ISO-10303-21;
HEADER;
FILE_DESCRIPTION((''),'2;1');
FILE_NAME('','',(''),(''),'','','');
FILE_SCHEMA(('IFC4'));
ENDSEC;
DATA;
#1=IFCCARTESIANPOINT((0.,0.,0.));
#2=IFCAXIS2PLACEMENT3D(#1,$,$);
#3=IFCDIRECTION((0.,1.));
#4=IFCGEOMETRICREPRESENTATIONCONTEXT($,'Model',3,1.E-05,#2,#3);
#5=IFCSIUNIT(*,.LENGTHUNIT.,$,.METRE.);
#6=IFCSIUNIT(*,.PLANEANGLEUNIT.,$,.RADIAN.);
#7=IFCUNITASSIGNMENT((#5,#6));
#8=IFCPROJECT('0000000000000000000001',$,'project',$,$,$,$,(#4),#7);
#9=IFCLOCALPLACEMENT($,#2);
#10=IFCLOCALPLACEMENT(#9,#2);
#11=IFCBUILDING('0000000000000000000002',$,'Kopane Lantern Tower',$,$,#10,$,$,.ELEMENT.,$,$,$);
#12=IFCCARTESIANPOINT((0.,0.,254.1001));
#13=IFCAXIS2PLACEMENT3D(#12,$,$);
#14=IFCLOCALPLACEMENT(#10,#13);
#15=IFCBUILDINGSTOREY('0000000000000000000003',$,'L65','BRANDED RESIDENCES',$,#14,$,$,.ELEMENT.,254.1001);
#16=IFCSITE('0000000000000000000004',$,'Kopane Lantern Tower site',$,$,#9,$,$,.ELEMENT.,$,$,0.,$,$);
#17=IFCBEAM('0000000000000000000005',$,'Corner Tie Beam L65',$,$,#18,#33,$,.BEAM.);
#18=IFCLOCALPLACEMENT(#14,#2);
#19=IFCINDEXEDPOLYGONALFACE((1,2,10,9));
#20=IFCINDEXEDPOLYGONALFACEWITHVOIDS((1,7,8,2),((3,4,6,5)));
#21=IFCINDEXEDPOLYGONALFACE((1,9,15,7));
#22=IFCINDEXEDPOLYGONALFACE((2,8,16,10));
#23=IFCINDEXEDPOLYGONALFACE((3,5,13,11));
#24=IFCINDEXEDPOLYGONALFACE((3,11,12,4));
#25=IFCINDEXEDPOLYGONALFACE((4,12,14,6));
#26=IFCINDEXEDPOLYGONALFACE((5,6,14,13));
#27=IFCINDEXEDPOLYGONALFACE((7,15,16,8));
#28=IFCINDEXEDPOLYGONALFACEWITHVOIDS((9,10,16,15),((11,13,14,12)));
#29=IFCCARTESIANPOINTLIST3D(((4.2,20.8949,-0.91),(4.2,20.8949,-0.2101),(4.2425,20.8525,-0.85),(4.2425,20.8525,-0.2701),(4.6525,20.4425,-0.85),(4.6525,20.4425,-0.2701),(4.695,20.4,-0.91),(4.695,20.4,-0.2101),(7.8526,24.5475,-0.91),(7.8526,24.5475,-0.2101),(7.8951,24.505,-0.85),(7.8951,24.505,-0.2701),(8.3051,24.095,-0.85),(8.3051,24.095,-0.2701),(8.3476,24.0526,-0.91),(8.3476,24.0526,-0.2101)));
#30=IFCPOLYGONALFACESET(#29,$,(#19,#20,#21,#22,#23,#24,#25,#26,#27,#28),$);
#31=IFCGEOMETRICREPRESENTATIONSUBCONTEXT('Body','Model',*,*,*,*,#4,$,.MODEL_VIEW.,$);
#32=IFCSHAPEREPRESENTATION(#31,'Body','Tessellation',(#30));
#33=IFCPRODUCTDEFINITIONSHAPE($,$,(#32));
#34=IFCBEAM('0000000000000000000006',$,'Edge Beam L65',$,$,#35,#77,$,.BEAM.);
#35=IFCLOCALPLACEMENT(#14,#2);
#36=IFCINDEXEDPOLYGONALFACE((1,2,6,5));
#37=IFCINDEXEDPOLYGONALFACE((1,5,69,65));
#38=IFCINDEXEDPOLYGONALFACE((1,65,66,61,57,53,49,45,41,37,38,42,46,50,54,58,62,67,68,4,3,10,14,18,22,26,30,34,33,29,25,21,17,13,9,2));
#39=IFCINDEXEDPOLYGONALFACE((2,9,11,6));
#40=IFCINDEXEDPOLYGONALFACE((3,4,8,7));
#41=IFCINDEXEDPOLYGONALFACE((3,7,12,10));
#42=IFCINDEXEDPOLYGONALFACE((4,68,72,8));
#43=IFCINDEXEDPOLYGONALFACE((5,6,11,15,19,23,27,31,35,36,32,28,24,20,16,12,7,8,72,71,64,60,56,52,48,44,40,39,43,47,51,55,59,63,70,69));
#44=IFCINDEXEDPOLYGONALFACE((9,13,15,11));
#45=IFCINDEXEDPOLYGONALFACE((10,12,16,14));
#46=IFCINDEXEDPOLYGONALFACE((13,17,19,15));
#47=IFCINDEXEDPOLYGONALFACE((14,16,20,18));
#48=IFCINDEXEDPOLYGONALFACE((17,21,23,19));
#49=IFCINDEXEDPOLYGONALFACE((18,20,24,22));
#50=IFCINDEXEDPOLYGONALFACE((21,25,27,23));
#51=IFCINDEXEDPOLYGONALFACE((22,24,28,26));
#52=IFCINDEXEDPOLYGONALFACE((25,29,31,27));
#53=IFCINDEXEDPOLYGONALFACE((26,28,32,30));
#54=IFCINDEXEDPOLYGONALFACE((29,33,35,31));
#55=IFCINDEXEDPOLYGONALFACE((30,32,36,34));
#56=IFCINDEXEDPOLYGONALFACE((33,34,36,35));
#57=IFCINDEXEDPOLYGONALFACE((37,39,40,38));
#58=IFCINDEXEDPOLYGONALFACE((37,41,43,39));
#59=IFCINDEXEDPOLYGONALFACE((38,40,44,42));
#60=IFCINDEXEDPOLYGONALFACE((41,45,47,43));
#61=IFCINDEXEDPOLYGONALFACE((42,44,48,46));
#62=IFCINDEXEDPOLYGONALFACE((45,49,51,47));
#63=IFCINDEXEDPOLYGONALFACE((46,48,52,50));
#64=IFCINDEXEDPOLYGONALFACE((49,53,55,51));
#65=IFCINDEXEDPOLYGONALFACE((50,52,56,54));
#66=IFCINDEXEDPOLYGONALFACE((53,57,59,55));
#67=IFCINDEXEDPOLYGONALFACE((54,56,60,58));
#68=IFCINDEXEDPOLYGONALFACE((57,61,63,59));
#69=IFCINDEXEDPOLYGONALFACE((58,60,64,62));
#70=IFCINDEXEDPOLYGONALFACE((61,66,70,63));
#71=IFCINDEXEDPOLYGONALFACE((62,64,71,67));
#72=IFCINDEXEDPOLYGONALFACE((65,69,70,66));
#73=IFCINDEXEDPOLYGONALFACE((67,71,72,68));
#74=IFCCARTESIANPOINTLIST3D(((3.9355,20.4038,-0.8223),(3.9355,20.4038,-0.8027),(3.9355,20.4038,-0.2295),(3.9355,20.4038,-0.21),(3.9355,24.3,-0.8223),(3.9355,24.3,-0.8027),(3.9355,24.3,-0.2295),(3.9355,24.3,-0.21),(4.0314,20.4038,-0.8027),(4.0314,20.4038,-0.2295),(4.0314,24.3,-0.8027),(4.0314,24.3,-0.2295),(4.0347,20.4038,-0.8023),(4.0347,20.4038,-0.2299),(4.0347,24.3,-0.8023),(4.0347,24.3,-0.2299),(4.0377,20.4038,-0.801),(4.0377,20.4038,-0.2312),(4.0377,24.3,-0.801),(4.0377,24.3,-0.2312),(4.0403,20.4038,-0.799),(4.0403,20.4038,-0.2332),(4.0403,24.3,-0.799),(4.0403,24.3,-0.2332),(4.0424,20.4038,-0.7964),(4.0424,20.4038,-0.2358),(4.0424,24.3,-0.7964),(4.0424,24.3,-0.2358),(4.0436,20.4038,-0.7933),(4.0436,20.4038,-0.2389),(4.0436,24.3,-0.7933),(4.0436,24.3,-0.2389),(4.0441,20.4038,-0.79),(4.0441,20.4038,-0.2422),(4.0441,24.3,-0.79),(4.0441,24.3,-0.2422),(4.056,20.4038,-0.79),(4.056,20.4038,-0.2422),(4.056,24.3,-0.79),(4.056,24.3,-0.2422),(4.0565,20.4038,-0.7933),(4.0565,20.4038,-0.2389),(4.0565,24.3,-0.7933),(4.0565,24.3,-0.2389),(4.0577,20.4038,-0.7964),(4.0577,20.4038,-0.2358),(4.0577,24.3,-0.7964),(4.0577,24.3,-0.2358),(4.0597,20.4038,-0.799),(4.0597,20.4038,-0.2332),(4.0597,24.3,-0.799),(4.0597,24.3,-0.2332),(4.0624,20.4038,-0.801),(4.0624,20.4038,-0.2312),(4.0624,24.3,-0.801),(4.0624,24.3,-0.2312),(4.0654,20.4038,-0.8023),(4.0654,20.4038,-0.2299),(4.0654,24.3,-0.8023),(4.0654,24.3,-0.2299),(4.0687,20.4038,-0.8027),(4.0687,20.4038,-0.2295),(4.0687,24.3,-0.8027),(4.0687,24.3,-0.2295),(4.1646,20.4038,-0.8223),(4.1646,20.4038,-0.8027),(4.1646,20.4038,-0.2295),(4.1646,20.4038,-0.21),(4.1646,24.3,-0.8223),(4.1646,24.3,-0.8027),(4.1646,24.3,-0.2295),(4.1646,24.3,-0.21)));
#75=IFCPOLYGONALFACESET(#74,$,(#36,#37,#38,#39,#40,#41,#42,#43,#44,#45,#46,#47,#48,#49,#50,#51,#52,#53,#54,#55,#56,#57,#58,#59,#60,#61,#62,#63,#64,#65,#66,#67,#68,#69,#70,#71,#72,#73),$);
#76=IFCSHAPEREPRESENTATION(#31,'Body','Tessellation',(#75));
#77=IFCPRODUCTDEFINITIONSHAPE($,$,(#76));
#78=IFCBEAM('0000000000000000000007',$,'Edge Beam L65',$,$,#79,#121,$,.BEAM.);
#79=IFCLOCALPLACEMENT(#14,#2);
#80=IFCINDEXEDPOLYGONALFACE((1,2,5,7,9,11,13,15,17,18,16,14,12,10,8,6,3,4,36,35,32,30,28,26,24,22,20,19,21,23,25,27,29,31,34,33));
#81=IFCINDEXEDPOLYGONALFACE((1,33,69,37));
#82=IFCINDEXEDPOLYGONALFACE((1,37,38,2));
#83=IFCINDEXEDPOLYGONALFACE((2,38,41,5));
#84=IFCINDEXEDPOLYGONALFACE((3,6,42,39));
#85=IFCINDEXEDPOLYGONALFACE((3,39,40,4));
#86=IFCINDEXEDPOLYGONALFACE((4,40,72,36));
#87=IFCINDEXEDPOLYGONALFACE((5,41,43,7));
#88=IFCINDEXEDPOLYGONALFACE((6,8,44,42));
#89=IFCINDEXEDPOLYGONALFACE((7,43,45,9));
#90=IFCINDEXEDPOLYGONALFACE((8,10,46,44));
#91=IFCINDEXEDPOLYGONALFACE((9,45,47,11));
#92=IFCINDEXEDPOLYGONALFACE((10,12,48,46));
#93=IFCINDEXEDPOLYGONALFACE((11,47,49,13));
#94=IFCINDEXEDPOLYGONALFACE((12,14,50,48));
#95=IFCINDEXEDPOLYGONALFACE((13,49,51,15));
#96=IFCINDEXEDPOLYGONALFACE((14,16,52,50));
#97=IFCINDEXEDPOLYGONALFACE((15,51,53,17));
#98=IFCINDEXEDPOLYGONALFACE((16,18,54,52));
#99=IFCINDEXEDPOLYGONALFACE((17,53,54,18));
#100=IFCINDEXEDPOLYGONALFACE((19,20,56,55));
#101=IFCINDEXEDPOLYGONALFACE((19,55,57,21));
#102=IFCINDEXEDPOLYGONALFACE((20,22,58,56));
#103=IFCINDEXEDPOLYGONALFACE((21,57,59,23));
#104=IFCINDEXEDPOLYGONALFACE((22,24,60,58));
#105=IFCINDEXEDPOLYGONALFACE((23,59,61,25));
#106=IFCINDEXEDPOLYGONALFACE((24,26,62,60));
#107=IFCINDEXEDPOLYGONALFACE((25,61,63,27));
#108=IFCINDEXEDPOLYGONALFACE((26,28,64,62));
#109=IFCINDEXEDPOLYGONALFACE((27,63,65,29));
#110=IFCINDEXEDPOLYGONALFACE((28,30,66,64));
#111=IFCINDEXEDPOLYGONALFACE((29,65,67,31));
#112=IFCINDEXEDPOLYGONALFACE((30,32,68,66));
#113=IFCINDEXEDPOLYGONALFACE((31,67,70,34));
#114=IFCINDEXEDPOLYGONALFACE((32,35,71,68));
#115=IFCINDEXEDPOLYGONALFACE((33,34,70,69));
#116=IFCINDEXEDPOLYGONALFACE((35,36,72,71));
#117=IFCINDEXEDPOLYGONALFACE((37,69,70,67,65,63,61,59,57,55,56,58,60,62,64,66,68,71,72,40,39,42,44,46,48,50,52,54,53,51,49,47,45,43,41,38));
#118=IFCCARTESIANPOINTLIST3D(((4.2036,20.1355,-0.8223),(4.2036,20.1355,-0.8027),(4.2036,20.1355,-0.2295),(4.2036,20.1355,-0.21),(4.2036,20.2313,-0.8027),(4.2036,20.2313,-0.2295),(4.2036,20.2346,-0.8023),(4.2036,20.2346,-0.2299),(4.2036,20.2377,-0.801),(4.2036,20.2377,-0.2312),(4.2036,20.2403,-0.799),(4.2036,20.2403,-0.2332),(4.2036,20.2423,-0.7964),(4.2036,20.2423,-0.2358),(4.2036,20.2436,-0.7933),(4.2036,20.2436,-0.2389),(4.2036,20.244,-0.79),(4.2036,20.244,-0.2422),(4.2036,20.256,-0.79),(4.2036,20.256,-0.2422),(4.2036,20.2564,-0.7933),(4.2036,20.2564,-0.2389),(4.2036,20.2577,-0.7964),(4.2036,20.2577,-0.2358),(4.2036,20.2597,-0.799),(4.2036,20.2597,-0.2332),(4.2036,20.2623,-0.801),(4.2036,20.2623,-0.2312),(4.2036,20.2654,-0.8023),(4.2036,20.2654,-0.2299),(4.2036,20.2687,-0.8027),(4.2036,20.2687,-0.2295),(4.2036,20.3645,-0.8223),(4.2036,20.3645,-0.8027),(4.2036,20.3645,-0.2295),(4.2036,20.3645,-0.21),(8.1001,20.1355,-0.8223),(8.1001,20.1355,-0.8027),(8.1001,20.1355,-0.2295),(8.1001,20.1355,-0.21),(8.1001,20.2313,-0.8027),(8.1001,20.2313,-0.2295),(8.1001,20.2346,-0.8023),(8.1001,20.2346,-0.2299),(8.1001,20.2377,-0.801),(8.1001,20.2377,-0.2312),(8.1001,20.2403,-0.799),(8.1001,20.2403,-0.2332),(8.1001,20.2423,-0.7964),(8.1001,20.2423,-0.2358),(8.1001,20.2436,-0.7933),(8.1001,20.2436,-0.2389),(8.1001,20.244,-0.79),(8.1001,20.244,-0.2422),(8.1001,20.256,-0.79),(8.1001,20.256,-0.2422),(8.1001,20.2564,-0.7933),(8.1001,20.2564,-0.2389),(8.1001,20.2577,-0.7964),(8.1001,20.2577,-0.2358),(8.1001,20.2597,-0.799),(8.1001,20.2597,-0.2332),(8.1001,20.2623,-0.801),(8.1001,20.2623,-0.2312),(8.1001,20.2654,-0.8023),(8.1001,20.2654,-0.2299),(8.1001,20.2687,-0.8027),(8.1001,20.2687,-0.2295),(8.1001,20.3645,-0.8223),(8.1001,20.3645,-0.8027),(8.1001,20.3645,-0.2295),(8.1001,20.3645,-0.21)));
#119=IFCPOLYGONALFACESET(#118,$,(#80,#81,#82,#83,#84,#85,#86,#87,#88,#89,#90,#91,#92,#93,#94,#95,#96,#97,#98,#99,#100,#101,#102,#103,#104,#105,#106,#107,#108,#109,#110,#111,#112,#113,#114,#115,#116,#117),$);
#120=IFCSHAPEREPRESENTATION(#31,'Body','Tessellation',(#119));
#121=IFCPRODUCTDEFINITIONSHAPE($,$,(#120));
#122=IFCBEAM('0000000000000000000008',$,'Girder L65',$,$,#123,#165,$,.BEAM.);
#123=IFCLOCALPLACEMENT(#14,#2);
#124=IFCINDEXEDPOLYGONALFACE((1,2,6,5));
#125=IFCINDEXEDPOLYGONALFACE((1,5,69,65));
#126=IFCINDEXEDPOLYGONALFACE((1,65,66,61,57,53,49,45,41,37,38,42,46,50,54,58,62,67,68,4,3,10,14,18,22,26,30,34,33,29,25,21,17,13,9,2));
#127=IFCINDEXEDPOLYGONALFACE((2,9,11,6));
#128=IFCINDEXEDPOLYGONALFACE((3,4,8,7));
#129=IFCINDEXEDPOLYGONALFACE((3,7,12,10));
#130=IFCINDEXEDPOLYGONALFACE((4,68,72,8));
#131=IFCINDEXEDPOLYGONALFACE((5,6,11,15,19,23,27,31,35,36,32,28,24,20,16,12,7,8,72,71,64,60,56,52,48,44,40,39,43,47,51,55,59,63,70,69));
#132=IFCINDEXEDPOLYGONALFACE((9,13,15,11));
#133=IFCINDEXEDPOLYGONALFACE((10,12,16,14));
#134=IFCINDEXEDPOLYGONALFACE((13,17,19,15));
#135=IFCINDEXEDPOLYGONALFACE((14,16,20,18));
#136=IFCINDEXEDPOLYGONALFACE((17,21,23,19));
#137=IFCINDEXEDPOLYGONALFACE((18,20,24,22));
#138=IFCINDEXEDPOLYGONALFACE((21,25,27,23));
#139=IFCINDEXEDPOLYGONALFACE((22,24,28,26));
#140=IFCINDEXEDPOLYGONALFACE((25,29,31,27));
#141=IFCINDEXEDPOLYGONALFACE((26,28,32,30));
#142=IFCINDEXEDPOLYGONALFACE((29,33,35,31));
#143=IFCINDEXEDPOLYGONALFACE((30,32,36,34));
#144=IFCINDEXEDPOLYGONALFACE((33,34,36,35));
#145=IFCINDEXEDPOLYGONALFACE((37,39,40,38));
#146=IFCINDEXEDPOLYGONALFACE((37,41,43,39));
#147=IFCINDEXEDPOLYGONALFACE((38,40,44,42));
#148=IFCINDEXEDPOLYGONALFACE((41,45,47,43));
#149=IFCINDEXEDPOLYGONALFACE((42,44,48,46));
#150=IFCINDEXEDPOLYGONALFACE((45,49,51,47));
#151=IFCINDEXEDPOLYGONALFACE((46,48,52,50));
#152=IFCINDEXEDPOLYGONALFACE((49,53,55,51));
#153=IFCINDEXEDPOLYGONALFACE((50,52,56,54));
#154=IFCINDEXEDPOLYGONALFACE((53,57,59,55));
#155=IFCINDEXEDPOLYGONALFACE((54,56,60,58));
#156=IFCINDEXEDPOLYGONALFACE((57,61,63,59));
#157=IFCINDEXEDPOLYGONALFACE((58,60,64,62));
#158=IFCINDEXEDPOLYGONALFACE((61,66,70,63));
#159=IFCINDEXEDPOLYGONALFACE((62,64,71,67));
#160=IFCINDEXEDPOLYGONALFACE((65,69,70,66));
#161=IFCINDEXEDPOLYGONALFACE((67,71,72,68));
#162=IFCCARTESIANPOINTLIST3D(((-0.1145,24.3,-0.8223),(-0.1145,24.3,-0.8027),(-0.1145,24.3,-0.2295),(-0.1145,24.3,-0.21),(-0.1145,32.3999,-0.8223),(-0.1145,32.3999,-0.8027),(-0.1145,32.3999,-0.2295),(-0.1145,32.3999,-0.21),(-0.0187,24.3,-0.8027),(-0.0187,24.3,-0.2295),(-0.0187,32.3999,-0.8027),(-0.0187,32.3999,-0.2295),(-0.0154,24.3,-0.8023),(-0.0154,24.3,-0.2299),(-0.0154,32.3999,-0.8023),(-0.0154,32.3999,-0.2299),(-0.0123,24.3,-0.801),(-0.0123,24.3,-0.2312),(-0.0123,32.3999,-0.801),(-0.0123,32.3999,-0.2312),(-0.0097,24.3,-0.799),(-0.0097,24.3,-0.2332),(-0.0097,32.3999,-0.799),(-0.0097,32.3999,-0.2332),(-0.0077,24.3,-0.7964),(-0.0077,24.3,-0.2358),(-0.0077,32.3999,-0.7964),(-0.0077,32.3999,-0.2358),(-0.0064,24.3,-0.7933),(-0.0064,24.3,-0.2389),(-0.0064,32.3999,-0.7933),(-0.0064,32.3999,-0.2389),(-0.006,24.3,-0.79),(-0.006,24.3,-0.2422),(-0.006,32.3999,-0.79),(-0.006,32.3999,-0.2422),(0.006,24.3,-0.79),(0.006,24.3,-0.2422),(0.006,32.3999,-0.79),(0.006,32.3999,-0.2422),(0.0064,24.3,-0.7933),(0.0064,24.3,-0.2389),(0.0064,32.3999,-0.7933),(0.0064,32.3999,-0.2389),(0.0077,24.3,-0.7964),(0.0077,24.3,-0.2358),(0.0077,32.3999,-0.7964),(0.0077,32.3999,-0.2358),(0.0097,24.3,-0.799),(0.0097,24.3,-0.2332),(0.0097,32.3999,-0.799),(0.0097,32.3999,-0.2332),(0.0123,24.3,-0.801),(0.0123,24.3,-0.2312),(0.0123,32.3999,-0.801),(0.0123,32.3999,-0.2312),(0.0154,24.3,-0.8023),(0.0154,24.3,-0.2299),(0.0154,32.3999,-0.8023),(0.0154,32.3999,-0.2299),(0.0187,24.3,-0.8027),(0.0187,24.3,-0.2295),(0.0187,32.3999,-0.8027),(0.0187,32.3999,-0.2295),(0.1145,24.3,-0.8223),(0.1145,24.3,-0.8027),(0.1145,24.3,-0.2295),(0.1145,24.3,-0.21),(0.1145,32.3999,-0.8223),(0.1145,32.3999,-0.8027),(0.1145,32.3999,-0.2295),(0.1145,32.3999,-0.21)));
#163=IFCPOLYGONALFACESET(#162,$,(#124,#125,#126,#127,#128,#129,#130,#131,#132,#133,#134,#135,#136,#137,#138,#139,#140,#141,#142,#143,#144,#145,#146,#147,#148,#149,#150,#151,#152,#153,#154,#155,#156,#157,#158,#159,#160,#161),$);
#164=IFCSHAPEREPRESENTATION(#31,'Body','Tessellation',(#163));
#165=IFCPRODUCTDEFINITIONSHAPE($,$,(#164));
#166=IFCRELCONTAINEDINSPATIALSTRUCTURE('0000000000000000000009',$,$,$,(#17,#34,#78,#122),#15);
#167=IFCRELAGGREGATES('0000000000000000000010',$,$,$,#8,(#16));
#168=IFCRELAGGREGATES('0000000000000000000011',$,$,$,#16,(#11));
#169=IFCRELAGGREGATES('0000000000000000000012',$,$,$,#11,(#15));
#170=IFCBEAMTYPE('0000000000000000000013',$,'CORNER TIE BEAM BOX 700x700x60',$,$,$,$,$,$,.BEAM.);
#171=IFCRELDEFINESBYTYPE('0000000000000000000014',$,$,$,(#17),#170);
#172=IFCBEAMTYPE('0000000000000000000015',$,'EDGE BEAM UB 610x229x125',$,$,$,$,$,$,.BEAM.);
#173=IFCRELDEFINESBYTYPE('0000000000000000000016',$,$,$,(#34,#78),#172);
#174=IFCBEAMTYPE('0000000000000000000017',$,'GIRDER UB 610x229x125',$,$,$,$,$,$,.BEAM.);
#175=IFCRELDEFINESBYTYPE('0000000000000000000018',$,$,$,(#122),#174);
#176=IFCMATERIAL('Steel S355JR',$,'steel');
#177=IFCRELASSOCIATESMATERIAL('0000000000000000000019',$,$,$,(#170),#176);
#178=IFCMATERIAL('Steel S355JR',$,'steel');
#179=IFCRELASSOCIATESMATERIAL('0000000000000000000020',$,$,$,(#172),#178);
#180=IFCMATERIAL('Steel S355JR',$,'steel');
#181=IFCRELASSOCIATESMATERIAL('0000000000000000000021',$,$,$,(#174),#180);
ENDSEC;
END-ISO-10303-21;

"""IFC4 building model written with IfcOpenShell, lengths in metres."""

from ifc_helpers import new_model, si_unit, direction, frame, origin, origin_2d, place, context, subcontext, project, spatial, hollow_rectangle, i_section, extrude, material, material_profile, profile_set, type_object, element, save


model = new_model("IFC4")

# Units and contexts
model_context = context("Model", 3, precision=1e-05, world=origin(), true_north=direction((0.0, 1.0)))
body_context = subcontext(model_context, "Body", "Model", "MODEL_VIEW")
ifc_project = project(units=[si_unit("LENGTHUNIT", "METRE"), si_unit("PLANEANGLEUNIT", "RADIAN")], contexts=[model_context])

# Site, building, storey
site_placement = place(None, origin())
site = spatial("IfcSite", under=ifc_project, at=site_placement, Name="Kopane Lantern Tower site", CompositionType="ELEMENT", RefElevation=0.0)
building_placement = place(site_placement, origin())
building = spatial("IfcBuilding", under=site, at=building_placement, Name="Kopane Lantern Tower", CompositionType="ELEMENT")
storey_placement = place(building_placement, frame((0.0, 0.0, 254.1001)))
storey = spatial("IfcBuildingStorey", under=building, at=storey_placement, Name="L65", Description="BRANDED RESIDENCES", CompositionType="ELEMENT", Elevation=254.1001)

# Beams
ifc_material_1 = material(Name="Steel S355JR", Category="steel")
ifc_material_profile_1 = material_profile(ifc_material_1, hollow_rectangle(XDim=0.7, YDim=0.7, WallThickness=0.0601, at=origin_2d()), Name="BOX 700x700x60")
ifc_profile_set_1 = profile_set([ifc_material_profile_1], Name="Steel S355JR")
beam_type_1 = type_object("IfcBeamType", Name="CORNER TIE BEAM BOX 700x700x60", PredefinedType="BEAM", material=ifc_profile_set_1)
beam_1_placement = place(storey_placement, frame((4.4475, 20.6475, -0.5601), z_axis=(0.707107, 0.707107, 0.0), x_axis=(-0.707107, 0.707107, 0.0)))
element("IfcBeam", 1, at=beam_1_placement, inside=storey, type_object=beam_type_1, Name="Corner Tie Beam L65", PredefinedType="BEAM", context=body_context, shape_type="SweptSolid", body=[
    extrude(hollow_rectangle(XDim=0.7, YDim=0.7, WallThickness=0.0601, at=origin_2d()), origin(), (0.0, 0.0, 1.0), 5.1655),
])
ifc_material_2 = material(Name="Steel S355JR", Category="steel")
ifc_material_profile_2 = material_profile(ifc_material_2, i_section(OverallWidth=0.229, OverallDepth=0.6123, WebThickness=0.012, FlangeThickness=0.0195, FilletRadius=0.0127, at=origin_2d()), Name="UB 610x229x125")
ifc_profile_set_2 = profile_set([ifc_material_profile_2], Name="Steel S355JR")
beam_type_2 = type_object("IfcBeamType", Name="EDGE BEAM UB 610x229x125", PredefinedType="BEAM", material=ifc_profile_set_2)
beam_2_placement = place(storey_placement, frame((4.05, 20.4038, -0.5161), z_axis=(0.0, 1.0, 0.0), x_axis=(-1.0, 0.0, 0.0)))
element("IfcBeam", 2, at=beam_2_placement, inside=storey, type_object=beam_type_2, Name="Edge Beam L65", PredefinedType="BEAM", context=body_context, shape_type="SweptSolid", body=[
    extrude(i_section(OverallWidth=0.229, OverallDepth=0.6123, WebThickness=0.012, FlangeThickness=0.0195, FilletRadius=0.0127, at=origin_2d()), origin(), (0.0, 0.0, 1.0), 3.8962),
])
beam_3_placement = place(storey_placement, frame((4.2036, 20.25, -0.5161), z_axis=(1.0, 0.0, 0.0), x_axis=(0.0, 1.0, 0.0)))
element("IfcBeam", 3, at=beam_3_placement, inside=storey, type_object=beam_type_2, Name="Edge Beam L65", PredefinedType="BEAM", context=body_context, shape_type="SweptSolid", body=[
    extrude(i_section(OverallWidth=0.229, OverallDepth=0.6123, WebThickness=0.012, FlangeThickness=0.0195, FilletRadius=0.0127, at=origin_2d()), origin(), (0.0, 0.0, 1.0), 3.8965),
])
ifc_material_3 = material(Name="Steel S355JR", Category="steel")
ifc_material_profile_3 = material_profile(ifc_material_3, i_section(OverallWidth=0.229, OverallDepth=0.6123, WebThickness=0.012, FlangeThickness=0.0195, FilletRadius=0.0127, at=origin_2d()), Name="UB 610x229x125")
ifc_profile_set_3 = profile_set([ifc_material_profile_3], Name="Steel S355JR")
beam_type_3 = type_object("IfcBeamType", Name="GIRDER UB 610x229x125", PredefinedType="BEAM", material=ifc_profile_set_3)
beam_4_placement = place(storey_placement, frame((0.0, 24.3, -0.5161), z_axis=(0.0, 1.0, 0.0), x_axis=(-1.0, 0.0, 0.0)))
element("IfcBeam", 4, at=beam_4_placement, inside=storey, type_object=beam_type_3, Name="Girder L65", PredefinedType="BEAM", context=body_context, shape_type="SweptSolid", body=[
    extrude(i_section(OverallWidth=0.229, OverallDepth=0.6123, WebThickness=0.012, FlangeThickness=0.0195, FilletRadius=0.0127, at=origin_2d()), origin(), (0.0, 0.0, 1.0), 8.0999),
])

save(model, "model.ifc")
